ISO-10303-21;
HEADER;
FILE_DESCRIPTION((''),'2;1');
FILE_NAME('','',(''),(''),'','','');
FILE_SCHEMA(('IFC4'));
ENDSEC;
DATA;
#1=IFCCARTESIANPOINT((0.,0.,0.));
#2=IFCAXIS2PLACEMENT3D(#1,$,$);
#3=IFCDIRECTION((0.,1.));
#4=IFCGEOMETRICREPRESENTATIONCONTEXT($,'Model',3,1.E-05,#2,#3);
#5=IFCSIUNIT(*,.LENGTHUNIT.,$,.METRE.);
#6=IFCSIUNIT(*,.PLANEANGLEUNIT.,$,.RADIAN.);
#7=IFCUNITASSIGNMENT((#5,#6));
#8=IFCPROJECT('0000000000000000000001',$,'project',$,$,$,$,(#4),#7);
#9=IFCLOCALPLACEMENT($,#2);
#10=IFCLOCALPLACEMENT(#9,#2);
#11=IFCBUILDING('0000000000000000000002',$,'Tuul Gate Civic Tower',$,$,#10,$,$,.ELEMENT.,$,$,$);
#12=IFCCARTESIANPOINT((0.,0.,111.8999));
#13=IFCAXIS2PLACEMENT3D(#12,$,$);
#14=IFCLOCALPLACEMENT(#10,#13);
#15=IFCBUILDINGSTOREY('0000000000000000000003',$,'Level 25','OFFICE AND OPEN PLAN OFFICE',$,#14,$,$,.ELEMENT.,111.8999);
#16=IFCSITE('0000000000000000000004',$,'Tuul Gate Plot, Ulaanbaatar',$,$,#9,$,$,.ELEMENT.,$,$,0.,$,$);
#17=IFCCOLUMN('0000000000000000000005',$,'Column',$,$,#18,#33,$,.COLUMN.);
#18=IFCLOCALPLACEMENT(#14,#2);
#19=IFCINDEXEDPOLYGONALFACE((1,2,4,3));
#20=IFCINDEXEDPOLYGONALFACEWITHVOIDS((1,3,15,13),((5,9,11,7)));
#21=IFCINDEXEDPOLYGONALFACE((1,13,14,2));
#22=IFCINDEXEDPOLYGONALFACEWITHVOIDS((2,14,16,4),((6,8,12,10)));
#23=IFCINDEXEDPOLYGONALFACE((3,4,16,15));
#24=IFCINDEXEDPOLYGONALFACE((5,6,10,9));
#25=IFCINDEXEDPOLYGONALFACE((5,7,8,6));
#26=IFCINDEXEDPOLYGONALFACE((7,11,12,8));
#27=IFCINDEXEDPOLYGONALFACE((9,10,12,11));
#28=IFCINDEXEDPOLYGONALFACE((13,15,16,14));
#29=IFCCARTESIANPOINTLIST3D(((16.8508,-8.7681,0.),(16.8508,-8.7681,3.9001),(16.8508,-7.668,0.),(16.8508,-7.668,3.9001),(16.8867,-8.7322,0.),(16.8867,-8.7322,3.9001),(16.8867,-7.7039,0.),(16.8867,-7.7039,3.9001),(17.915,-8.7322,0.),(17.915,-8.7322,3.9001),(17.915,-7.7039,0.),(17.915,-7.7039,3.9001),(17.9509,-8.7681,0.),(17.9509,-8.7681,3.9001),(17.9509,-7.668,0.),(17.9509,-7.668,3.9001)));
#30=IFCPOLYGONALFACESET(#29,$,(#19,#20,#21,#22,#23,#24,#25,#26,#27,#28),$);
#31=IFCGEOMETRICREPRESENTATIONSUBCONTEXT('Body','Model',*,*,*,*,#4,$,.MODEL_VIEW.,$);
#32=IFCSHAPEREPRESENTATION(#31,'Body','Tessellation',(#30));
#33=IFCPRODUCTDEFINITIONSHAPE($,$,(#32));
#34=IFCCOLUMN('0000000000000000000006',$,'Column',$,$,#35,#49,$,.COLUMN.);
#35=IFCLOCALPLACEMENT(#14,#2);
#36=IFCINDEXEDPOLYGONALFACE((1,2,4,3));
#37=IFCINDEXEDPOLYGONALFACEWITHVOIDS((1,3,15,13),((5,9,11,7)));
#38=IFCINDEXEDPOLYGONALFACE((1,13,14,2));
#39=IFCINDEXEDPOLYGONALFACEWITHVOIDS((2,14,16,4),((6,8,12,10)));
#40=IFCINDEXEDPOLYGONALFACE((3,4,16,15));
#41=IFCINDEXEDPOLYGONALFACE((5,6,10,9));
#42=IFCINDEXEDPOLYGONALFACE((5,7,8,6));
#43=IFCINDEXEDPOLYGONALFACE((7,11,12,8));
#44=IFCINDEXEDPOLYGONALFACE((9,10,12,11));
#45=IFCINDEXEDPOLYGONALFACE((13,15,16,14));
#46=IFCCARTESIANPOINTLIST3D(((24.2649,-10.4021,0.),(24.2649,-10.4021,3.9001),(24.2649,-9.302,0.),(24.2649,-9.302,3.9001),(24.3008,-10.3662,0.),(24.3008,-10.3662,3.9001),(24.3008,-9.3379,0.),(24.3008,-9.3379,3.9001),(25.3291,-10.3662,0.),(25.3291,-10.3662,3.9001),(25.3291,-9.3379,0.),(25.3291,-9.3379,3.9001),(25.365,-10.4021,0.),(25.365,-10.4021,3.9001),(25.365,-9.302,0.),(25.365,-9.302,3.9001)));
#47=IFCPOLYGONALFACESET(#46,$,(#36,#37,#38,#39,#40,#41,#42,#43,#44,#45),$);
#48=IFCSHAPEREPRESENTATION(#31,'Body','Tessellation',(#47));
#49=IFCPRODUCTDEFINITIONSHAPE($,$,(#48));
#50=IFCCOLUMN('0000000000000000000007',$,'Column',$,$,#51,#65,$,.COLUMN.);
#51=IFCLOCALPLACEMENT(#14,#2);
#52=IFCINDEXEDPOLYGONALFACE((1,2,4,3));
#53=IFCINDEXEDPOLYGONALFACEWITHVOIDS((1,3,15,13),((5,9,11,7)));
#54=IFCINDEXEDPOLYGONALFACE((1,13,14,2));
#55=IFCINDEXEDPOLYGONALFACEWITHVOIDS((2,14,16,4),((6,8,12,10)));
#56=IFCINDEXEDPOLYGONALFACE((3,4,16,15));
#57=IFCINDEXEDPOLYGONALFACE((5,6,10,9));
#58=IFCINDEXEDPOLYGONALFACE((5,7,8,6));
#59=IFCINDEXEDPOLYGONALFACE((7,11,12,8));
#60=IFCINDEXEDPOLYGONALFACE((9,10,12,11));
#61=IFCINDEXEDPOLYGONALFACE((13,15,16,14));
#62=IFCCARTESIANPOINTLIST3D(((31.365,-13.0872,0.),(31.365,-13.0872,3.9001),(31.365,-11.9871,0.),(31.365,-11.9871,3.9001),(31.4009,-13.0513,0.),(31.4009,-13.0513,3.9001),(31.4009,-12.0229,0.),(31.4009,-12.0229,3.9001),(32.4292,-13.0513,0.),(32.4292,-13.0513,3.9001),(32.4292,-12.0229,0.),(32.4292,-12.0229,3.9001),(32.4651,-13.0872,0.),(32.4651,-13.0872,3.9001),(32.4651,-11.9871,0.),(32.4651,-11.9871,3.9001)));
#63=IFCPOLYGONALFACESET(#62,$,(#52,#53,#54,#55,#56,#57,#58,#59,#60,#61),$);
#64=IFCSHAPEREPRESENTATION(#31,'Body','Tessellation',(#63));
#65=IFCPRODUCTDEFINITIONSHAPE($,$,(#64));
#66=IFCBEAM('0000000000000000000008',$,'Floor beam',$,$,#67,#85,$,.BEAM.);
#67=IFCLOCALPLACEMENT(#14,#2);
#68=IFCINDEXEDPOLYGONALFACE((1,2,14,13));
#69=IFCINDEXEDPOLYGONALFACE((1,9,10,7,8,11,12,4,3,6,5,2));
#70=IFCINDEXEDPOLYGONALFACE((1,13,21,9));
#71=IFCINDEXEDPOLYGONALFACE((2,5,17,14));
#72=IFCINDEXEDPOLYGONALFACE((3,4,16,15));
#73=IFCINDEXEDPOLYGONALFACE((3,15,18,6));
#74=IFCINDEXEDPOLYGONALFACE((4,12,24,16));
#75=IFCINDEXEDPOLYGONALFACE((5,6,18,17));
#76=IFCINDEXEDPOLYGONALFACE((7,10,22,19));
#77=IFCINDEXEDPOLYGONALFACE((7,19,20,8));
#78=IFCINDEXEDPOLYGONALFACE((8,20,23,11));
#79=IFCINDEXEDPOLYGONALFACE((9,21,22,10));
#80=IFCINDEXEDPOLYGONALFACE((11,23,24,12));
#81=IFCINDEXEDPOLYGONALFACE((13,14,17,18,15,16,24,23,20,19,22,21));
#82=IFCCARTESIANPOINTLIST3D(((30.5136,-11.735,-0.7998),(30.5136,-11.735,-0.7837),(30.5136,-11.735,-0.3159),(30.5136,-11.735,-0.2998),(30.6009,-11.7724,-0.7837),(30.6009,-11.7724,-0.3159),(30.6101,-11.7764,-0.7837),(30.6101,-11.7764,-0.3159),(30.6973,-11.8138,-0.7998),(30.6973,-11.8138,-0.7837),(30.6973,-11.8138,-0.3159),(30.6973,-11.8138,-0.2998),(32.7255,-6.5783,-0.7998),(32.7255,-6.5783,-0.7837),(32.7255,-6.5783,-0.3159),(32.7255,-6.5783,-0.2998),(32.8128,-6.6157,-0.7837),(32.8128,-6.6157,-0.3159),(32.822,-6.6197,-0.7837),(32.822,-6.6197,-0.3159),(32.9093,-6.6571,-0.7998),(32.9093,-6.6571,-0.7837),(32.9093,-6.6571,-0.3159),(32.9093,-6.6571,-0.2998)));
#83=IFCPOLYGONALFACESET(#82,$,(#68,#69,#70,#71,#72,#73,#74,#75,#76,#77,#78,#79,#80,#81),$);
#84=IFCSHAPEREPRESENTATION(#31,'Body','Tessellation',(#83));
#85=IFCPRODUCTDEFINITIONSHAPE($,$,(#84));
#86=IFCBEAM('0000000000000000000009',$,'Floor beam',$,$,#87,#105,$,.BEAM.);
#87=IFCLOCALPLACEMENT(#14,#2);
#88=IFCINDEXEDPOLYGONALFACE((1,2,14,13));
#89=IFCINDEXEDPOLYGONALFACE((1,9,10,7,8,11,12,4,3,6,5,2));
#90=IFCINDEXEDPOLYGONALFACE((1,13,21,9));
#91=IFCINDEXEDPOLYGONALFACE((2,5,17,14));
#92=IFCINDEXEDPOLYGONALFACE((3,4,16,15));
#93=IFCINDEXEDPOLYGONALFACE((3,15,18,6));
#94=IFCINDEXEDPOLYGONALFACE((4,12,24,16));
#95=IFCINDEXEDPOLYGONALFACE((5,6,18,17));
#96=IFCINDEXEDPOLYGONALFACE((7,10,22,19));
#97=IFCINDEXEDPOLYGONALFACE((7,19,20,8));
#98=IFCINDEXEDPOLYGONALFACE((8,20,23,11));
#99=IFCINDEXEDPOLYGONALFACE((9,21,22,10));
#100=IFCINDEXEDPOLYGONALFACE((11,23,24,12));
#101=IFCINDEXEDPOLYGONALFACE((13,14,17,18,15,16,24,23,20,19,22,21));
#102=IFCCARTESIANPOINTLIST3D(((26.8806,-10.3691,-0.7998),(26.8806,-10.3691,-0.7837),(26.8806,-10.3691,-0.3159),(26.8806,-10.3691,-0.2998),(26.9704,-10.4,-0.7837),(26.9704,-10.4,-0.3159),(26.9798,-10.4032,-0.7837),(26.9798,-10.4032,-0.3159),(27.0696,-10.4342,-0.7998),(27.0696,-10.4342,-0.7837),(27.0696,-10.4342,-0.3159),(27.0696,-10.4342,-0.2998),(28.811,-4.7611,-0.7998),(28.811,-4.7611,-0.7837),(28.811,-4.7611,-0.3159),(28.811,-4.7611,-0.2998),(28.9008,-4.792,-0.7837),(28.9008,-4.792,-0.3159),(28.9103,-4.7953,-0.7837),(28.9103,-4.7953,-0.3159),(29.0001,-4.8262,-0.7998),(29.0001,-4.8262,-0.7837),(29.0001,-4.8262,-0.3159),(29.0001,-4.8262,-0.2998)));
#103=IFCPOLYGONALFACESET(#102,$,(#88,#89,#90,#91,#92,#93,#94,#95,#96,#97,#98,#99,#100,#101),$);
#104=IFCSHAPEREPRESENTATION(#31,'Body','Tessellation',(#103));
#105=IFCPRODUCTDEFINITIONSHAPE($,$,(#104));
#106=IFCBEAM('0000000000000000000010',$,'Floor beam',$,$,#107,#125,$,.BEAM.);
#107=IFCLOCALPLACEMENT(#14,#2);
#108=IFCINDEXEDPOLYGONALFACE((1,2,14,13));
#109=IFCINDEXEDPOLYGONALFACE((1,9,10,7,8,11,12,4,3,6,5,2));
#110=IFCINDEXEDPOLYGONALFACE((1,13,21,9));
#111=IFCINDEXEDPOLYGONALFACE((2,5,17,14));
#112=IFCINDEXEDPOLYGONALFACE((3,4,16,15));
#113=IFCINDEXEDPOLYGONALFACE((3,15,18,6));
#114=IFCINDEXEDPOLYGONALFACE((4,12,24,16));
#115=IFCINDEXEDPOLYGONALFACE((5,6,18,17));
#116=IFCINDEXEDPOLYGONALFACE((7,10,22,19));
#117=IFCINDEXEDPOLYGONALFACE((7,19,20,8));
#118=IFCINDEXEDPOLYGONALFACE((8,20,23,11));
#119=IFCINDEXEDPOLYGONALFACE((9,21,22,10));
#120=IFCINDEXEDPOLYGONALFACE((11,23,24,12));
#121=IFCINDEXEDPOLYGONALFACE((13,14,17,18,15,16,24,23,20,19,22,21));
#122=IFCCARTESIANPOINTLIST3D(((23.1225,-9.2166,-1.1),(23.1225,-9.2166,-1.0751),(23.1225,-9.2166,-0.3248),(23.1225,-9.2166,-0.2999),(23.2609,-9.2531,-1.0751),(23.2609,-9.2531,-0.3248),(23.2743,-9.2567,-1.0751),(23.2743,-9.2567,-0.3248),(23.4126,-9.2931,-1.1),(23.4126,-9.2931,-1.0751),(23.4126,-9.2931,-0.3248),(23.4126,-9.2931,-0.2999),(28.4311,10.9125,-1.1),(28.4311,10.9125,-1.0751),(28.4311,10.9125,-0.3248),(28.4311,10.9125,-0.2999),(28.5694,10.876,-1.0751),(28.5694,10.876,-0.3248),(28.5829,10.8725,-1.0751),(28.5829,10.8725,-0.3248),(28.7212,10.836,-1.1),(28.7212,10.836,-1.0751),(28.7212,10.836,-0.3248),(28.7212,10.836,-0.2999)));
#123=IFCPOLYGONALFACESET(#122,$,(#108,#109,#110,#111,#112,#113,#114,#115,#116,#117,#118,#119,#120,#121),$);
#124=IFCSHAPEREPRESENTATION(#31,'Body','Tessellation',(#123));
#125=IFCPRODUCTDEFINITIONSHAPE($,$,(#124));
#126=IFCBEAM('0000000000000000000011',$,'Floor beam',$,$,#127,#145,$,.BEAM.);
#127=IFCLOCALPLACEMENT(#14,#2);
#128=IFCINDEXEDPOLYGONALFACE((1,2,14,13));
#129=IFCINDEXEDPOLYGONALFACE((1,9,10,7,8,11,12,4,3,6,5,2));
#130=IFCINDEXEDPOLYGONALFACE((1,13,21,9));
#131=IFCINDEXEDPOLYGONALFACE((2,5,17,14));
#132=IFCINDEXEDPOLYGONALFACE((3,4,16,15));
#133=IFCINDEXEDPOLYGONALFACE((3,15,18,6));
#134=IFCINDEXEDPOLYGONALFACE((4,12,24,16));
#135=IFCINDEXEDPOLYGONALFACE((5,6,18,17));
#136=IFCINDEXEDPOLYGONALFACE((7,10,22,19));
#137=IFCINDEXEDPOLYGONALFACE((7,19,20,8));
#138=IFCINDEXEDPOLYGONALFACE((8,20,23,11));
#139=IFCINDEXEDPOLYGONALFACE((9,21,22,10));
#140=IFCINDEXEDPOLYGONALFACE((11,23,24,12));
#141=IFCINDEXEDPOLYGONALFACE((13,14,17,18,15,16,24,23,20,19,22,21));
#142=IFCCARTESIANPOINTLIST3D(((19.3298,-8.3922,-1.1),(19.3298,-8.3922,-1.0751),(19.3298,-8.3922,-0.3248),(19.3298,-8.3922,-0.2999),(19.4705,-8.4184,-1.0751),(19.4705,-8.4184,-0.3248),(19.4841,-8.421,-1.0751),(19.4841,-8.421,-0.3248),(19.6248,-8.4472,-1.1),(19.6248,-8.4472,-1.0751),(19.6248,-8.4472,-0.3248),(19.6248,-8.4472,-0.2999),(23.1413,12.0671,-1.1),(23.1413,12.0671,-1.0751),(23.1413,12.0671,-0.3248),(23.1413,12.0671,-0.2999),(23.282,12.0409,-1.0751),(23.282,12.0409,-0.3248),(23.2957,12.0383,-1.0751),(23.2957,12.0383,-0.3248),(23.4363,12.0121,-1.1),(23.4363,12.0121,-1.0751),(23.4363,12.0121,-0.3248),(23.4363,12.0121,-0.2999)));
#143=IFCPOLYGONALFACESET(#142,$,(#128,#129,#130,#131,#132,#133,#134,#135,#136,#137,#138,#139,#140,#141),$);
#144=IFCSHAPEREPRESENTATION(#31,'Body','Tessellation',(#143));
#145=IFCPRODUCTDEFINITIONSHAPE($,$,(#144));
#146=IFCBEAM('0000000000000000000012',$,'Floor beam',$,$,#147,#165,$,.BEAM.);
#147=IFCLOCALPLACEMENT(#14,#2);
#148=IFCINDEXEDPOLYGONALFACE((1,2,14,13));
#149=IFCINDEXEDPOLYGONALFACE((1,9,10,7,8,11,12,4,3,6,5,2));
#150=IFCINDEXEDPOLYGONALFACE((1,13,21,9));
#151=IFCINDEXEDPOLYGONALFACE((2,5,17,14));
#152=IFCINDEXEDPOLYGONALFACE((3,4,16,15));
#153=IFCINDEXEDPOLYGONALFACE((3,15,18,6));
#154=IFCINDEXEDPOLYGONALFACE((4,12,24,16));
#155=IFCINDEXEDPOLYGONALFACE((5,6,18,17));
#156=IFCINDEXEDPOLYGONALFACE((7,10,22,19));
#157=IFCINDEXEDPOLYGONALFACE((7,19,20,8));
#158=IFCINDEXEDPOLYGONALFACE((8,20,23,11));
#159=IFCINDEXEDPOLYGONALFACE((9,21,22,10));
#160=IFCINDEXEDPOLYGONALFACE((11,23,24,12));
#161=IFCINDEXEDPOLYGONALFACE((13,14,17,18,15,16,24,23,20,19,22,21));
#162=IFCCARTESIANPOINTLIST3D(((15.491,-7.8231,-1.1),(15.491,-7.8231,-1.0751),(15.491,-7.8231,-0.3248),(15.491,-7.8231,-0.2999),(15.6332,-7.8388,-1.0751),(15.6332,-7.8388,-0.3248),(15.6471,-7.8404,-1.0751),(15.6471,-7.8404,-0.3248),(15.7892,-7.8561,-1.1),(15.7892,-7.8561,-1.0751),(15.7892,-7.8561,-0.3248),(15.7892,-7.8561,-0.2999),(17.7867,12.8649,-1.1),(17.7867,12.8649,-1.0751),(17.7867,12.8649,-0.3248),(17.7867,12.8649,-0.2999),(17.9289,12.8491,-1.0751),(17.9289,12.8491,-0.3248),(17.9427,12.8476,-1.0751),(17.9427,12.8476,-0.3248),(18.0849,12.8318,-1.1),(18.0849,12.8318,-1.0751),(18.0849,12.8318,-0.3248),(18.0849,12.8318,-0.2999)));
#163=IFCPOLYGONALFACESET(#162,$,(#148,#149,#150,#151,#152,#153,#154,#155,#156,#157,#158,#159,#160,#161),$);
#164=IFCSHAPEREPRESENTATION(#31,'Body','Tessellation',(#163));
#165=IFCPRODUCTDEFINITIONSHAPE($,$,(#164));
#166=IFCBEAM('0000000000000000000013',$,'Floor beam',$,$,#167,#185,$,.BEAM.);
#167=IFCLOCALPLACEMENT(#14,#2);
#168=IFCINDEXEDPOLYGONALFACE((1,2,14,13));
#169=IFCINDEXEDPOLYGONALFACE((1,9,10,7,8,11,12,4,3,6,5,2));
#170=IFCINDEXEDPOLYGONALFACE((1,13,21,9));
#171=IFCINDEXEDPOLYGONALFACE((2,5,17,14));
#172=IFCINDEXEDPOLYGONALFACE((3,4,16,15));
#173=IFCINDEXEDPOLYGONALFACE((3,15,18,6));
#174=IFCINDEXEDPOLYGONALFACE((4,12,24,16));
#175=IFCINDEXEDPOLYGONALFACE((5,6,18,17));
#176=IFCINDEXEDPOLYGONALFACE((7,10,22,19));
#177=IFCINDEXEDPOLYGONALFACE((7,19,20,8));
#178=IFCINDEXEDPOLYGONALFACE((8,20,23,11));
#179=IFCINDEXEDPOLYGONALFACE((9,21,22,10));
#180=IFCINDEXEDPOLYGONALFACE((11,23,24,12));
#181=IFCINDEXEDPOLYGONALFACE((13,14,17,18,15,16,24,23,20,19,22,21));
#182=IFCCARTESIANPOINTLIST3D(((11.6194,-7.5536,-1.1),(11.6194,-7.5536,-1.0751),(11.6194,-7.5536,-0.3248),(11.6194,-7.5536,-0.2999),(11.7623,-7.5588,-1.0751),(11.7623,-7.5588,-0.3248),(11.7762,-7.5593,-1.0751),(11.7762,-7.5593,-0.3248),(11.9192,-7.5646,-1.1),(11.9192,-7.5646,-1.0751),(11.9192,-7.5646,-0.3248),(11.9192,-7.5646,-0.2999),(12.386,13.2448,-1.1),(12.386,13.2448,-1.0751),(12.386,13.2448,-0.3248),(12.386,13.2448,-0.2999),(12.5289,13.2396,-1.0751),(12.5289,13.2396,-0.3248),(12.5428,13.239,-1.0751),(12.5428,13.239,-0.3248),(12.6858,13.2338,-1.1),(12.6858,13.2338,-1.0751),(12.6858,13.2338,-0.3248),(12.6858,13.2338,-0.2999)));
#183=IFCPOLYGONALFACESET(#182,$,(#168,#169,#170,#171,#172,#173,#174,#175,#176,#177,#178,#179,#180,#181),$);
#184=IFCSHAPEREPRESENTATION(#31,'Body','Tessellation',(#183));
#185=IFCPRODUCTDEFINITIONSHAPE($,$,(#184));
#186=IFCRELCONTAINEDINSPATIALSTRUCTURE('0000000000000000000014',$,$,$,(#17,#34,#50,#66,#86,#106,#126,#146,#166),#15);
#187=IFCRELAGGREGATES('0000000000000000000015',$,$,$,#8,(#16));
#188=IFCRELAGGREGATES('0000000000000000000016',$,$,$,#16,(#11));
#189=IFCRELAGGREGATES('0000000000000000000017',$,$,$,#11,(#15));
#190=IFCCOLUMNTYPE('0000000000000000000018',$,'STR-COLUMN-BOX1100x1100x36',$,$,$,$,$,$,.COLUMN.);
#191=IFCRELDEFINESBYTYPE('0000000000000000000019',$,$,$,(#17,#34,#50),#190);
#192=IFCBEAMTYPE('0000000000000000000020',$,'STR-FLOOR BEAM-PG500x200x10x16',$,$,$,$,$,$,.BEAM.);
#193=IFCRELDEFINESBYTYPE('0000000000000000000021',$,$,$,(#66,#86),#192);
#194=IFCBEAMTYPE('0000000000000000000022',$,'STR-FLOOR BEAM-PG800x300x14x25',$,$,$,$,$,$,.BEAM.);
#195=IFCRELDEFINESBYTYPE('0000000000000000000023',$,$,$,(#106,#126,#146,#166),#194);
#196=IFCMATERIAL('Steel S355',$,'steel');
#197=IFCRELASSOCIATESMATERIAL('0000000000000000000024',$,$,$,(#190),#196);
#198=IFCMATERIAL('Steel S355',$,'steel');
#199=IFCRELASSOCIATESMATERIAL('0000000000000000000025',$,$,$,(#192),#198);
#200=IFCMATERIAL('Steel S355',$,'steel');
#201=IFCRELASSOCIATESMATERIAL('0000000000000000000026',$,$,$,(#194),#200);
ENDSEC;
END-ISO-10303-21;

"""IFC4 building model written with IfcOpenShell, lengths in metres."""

from ifc_helpers import new_model, si_unit, direction, frame, origin, origin_2d, place, context, subcontext, project, spatial, hollow_rectangle, i_section, extrude, material, material_profile, profile_set, type_object, element, save


model = new_model("IFC4")

# Units and contexts
model_context = context("Model", 3, precision=1e-05, world=origin(), true_north=direction((0.0, 1.0)))
body_context = subcontext(model_context, "Body", "Model", "MODEL_VIEW")
ifc_project = project(units=[si_unit("LENGTHUNIT", "METRE"), si_unit("PLANEANGLEUNIT", "RADIAN")], contexts=[model_context])

# Site, building, storey
site_placement = place(None, origin())
site = spatial("IfcSite", under=ifc_project, at=site_placement, Name="Tuul Gate Plot, Ulaanbaatar", CompositionType="ELEMENT", RefElevation=0.0)
building_placement = place(site_placement, origin())
building = spatial("IfcBuilding", under=site, at=building_placement, Name="Tuul Gate Civic Tower", CompositionType="ELEMENT")
storey_placement = place(building_placement, frame((0.0, 0.0, 111.8999)))
storey = spatial("IfcBuildingStorey", under=building, at=storey_placement, Name="Level 25", Description="OFFICE AND OPEN PLAN OFFICE", CompositionType="ELEMENT", Elevation=111.8999)

# Columns
ifc_material_1 = material(Name="Steel S355", Category="steel")
ifc_material_profile_1 = material_profile(ifc_material_1, hollow_rectangle(XDim=1.1001, YDim=1.1001, WallThickness=0.0359, at=origin_2d()), Name="BOX1100x1100x36")
ifc_profile_set_1 = profile_set([ifc_material_profile_1], Name="Steel S355")
column_type = type_object("IfcColumnType", Name="STR-COLUMN-BOX1100x1100x36", PredefinedType="COLUMN", material=ifc_profile_set_1)
for number, where, z_axis, x_axis, name in (
    (1, (17.4009, -8.218, 0.0), (0.0, 0.0, 1.0), (1.0, 0.0, 0.0), "Column"),
    (2, (24.8149, -9.8521, 0.0), (0.0, 0.0, 1.0), (1.0, 0.0, 0.0), "Column"),
    (3, (31.915, -12.5371, 0.0), (0.0, 0.0, 1.0), (1.0, 0.0, 0.0), "Column"),
):
    element("IfcColumn", number, at=place(storey_placement, frame(where, z_axis=z_axis, x_axis=x_axis)), inside=storey, type_object=column_type, Name=name, PredefinedType="COLUMN", context=body_context, shape_type="SweptSolid", body=[
        extrude(hollow_rectangle(XDim=1.1001, YDim=1.1001, WallThickness=0.0359, at=origin_2d()), origin(), (0.0, 0.0, 1.0), 3.9001),
    ])

# Beams
ifc_material_2 = material(Name="Steel S355", Category="steel")
ifc_material_profile_2 = material_profile(ifc_material_2, i_section(OverallWidth=0.2, OverallDepth=0.5, WebThickness=0.01, FlangeThickness=0.0161, at=origin_2d()), Name="PG500x200x10x16")
ifc_profile_set_2 = profile_set([ifc_material_profile_2], Name="Steel S355")
beam_type_1 = type_object("IfcBeamType", Name="STR-FLOOR BEAM-PG500x200x10x16", PredefinedType="BEAM", material=ifc_profile_set_2)
beam_1_placement = place(storey_placement, frame((30.6055, -11.7744, -0.5498), z_axis=(0.394203, 0.919023, 0.0), x_axis=(-0.919023, 0.394203, 0.0)))
element("IfcBeam", 4, at=beam_1_placement, inside=storey, type_object=beam_type_1, Name="Floor beam", PredefinedType="BEAM", context=body_context, shape_type="SweptSolid", body=[
    extrude(i_section(OverallWidth=0.2, OverallDepth=0.5, WebThickness=0.01, FlangeThickness=0.0161, at=origin_2d()), origin(), (0.0, 0.0, 1.0), 5.6111),
])
beam_2_placement = place(storey_placement, frame((26.9751, -10.4016, -0.5498), z_axis=(0.325487, 0.945547, 0.0), x_axis=(-0.945547, 0.325487, 0.0)))
element("IfcBeam", 5, at=beam_2_placement, inside=storey, type_object=beam_type_1, Name="Floor beam", PredefinedType="BEAM", context=body_context, shape_type="SweptSolid", body=[
    extrude(i_section(OverallWidth=0.2, OverallDepth=0.5, WebThickness=0.01, FlangeThickness=0.0161, at=origin_2d()), origin(), (0.0, 0.0, 1.0), 5.9309),
])
ifc_material_3 = material(Name="Steel S355", Category="steel")
ifc_material_profile_3 = material_profile(ifc_material_3, i_section(OverallWidth=0.3, OverallDepth=0.8, WebThickness=0.0139, FlangeThickness=0.0249, at=origin_2d()), Name="PG800x300x14x25")
ifc_profile_set_3 = profile_set([ifc_material_profile_3], Name="Steel S355")
beam_type_2 = type_object("IfcBeamType", Name="STR-FLOOR BEAM-PG800x300x14x25", PredefinedType="BEAM", material=ifc_profile_set_3)
beam_3_placement = place(storey_placement, frame((23.2676, -9.2549, -0.7), z_axis=(0.255008, 0.966939, 0.0), x_axis=(-0.966939, 0.255008, 0.0)))
element("IfcBeam", 6, at=beam_3_placement, inside=storey, type_object=beam_type_2, Name="Floor beam", PredefinedType="BEAM", context=body_context, shape_type="SweptSolid", body=[
    extrude(i_section(OverallWidth=0.3, OverallDepth=0.8, WebThickness=0.0139, FlangeThickness=0.0249, at=origin_2d()), origin(), (0.0, 0.0, 1.0), 20.8174),
])
beam_4_placement = place(storey_placement, frame((19.4773, -8.4197, -0.7), z_axis=(0.183147, 0.983085, 0.0), x_axis=(-0.983085, 0.183147, 0.0)))
element("IfcBeam", 7, at=beam_4_placement, inside=storey, type_object=beam_type_2, Name="Floor beam", PredefinedType="BEAM", context=body_context, shape_type="SweptSolid", body=[
    extrude(i_section(OverallWidth=0.3, OverallDepth=0.8, WebThickness=0.0139, FlangeThickness=0.0249, at=origin_2d()), origin(), (0.0, 0.0, 1.0), 20.8113),
])
beam_5_placement = place(storey_placement, frame((15.6401, -7.8396, -0.7), z_axis=(0.110289, 0.9939, 0.0), x_axis=(-0.9939, 0.110289, 0.0)))
element("IfcBeam", 8, at=beam_5_placement, inside=storey, type_object=beam_type_2, Name="Floor beam", PredefinedType="BEAM", context=body_context, shape_type="SweptSolid", body=[
    extrude(i_section(OverallWidth=0.3, OverallDepth=0.8, WebThickness=0.0139, FlangeThickness=0.0249, at=origin_2d()), origin(), (0.0, 0.0, 1.0), 20.8149),
])
beam_6_placement = place(storey_placement, frame((11.7693, -7.5591, -0.7), z_axis=(0.036834, 0.999321, 0.0), x_axis=(-0.999321, 0.036834, 0.0)))
element("IfcBeam", 9, at=beam_6_placement, inside=storey, type_object=beam_type_2, Name="Floor beam", PredefinedType="BEAM", context=body_context, shape_type="SweptSolid", body=[
    extrude(i_section(OverallWidth=0.3, OverallDepth=0.8, WebThickness=0.0139, FlangeThickness=0.0249, at=origin_2d()), origin(), (0.0, 0.0, 1.0), 20.8125),
])

save(model, "model.ifc")
